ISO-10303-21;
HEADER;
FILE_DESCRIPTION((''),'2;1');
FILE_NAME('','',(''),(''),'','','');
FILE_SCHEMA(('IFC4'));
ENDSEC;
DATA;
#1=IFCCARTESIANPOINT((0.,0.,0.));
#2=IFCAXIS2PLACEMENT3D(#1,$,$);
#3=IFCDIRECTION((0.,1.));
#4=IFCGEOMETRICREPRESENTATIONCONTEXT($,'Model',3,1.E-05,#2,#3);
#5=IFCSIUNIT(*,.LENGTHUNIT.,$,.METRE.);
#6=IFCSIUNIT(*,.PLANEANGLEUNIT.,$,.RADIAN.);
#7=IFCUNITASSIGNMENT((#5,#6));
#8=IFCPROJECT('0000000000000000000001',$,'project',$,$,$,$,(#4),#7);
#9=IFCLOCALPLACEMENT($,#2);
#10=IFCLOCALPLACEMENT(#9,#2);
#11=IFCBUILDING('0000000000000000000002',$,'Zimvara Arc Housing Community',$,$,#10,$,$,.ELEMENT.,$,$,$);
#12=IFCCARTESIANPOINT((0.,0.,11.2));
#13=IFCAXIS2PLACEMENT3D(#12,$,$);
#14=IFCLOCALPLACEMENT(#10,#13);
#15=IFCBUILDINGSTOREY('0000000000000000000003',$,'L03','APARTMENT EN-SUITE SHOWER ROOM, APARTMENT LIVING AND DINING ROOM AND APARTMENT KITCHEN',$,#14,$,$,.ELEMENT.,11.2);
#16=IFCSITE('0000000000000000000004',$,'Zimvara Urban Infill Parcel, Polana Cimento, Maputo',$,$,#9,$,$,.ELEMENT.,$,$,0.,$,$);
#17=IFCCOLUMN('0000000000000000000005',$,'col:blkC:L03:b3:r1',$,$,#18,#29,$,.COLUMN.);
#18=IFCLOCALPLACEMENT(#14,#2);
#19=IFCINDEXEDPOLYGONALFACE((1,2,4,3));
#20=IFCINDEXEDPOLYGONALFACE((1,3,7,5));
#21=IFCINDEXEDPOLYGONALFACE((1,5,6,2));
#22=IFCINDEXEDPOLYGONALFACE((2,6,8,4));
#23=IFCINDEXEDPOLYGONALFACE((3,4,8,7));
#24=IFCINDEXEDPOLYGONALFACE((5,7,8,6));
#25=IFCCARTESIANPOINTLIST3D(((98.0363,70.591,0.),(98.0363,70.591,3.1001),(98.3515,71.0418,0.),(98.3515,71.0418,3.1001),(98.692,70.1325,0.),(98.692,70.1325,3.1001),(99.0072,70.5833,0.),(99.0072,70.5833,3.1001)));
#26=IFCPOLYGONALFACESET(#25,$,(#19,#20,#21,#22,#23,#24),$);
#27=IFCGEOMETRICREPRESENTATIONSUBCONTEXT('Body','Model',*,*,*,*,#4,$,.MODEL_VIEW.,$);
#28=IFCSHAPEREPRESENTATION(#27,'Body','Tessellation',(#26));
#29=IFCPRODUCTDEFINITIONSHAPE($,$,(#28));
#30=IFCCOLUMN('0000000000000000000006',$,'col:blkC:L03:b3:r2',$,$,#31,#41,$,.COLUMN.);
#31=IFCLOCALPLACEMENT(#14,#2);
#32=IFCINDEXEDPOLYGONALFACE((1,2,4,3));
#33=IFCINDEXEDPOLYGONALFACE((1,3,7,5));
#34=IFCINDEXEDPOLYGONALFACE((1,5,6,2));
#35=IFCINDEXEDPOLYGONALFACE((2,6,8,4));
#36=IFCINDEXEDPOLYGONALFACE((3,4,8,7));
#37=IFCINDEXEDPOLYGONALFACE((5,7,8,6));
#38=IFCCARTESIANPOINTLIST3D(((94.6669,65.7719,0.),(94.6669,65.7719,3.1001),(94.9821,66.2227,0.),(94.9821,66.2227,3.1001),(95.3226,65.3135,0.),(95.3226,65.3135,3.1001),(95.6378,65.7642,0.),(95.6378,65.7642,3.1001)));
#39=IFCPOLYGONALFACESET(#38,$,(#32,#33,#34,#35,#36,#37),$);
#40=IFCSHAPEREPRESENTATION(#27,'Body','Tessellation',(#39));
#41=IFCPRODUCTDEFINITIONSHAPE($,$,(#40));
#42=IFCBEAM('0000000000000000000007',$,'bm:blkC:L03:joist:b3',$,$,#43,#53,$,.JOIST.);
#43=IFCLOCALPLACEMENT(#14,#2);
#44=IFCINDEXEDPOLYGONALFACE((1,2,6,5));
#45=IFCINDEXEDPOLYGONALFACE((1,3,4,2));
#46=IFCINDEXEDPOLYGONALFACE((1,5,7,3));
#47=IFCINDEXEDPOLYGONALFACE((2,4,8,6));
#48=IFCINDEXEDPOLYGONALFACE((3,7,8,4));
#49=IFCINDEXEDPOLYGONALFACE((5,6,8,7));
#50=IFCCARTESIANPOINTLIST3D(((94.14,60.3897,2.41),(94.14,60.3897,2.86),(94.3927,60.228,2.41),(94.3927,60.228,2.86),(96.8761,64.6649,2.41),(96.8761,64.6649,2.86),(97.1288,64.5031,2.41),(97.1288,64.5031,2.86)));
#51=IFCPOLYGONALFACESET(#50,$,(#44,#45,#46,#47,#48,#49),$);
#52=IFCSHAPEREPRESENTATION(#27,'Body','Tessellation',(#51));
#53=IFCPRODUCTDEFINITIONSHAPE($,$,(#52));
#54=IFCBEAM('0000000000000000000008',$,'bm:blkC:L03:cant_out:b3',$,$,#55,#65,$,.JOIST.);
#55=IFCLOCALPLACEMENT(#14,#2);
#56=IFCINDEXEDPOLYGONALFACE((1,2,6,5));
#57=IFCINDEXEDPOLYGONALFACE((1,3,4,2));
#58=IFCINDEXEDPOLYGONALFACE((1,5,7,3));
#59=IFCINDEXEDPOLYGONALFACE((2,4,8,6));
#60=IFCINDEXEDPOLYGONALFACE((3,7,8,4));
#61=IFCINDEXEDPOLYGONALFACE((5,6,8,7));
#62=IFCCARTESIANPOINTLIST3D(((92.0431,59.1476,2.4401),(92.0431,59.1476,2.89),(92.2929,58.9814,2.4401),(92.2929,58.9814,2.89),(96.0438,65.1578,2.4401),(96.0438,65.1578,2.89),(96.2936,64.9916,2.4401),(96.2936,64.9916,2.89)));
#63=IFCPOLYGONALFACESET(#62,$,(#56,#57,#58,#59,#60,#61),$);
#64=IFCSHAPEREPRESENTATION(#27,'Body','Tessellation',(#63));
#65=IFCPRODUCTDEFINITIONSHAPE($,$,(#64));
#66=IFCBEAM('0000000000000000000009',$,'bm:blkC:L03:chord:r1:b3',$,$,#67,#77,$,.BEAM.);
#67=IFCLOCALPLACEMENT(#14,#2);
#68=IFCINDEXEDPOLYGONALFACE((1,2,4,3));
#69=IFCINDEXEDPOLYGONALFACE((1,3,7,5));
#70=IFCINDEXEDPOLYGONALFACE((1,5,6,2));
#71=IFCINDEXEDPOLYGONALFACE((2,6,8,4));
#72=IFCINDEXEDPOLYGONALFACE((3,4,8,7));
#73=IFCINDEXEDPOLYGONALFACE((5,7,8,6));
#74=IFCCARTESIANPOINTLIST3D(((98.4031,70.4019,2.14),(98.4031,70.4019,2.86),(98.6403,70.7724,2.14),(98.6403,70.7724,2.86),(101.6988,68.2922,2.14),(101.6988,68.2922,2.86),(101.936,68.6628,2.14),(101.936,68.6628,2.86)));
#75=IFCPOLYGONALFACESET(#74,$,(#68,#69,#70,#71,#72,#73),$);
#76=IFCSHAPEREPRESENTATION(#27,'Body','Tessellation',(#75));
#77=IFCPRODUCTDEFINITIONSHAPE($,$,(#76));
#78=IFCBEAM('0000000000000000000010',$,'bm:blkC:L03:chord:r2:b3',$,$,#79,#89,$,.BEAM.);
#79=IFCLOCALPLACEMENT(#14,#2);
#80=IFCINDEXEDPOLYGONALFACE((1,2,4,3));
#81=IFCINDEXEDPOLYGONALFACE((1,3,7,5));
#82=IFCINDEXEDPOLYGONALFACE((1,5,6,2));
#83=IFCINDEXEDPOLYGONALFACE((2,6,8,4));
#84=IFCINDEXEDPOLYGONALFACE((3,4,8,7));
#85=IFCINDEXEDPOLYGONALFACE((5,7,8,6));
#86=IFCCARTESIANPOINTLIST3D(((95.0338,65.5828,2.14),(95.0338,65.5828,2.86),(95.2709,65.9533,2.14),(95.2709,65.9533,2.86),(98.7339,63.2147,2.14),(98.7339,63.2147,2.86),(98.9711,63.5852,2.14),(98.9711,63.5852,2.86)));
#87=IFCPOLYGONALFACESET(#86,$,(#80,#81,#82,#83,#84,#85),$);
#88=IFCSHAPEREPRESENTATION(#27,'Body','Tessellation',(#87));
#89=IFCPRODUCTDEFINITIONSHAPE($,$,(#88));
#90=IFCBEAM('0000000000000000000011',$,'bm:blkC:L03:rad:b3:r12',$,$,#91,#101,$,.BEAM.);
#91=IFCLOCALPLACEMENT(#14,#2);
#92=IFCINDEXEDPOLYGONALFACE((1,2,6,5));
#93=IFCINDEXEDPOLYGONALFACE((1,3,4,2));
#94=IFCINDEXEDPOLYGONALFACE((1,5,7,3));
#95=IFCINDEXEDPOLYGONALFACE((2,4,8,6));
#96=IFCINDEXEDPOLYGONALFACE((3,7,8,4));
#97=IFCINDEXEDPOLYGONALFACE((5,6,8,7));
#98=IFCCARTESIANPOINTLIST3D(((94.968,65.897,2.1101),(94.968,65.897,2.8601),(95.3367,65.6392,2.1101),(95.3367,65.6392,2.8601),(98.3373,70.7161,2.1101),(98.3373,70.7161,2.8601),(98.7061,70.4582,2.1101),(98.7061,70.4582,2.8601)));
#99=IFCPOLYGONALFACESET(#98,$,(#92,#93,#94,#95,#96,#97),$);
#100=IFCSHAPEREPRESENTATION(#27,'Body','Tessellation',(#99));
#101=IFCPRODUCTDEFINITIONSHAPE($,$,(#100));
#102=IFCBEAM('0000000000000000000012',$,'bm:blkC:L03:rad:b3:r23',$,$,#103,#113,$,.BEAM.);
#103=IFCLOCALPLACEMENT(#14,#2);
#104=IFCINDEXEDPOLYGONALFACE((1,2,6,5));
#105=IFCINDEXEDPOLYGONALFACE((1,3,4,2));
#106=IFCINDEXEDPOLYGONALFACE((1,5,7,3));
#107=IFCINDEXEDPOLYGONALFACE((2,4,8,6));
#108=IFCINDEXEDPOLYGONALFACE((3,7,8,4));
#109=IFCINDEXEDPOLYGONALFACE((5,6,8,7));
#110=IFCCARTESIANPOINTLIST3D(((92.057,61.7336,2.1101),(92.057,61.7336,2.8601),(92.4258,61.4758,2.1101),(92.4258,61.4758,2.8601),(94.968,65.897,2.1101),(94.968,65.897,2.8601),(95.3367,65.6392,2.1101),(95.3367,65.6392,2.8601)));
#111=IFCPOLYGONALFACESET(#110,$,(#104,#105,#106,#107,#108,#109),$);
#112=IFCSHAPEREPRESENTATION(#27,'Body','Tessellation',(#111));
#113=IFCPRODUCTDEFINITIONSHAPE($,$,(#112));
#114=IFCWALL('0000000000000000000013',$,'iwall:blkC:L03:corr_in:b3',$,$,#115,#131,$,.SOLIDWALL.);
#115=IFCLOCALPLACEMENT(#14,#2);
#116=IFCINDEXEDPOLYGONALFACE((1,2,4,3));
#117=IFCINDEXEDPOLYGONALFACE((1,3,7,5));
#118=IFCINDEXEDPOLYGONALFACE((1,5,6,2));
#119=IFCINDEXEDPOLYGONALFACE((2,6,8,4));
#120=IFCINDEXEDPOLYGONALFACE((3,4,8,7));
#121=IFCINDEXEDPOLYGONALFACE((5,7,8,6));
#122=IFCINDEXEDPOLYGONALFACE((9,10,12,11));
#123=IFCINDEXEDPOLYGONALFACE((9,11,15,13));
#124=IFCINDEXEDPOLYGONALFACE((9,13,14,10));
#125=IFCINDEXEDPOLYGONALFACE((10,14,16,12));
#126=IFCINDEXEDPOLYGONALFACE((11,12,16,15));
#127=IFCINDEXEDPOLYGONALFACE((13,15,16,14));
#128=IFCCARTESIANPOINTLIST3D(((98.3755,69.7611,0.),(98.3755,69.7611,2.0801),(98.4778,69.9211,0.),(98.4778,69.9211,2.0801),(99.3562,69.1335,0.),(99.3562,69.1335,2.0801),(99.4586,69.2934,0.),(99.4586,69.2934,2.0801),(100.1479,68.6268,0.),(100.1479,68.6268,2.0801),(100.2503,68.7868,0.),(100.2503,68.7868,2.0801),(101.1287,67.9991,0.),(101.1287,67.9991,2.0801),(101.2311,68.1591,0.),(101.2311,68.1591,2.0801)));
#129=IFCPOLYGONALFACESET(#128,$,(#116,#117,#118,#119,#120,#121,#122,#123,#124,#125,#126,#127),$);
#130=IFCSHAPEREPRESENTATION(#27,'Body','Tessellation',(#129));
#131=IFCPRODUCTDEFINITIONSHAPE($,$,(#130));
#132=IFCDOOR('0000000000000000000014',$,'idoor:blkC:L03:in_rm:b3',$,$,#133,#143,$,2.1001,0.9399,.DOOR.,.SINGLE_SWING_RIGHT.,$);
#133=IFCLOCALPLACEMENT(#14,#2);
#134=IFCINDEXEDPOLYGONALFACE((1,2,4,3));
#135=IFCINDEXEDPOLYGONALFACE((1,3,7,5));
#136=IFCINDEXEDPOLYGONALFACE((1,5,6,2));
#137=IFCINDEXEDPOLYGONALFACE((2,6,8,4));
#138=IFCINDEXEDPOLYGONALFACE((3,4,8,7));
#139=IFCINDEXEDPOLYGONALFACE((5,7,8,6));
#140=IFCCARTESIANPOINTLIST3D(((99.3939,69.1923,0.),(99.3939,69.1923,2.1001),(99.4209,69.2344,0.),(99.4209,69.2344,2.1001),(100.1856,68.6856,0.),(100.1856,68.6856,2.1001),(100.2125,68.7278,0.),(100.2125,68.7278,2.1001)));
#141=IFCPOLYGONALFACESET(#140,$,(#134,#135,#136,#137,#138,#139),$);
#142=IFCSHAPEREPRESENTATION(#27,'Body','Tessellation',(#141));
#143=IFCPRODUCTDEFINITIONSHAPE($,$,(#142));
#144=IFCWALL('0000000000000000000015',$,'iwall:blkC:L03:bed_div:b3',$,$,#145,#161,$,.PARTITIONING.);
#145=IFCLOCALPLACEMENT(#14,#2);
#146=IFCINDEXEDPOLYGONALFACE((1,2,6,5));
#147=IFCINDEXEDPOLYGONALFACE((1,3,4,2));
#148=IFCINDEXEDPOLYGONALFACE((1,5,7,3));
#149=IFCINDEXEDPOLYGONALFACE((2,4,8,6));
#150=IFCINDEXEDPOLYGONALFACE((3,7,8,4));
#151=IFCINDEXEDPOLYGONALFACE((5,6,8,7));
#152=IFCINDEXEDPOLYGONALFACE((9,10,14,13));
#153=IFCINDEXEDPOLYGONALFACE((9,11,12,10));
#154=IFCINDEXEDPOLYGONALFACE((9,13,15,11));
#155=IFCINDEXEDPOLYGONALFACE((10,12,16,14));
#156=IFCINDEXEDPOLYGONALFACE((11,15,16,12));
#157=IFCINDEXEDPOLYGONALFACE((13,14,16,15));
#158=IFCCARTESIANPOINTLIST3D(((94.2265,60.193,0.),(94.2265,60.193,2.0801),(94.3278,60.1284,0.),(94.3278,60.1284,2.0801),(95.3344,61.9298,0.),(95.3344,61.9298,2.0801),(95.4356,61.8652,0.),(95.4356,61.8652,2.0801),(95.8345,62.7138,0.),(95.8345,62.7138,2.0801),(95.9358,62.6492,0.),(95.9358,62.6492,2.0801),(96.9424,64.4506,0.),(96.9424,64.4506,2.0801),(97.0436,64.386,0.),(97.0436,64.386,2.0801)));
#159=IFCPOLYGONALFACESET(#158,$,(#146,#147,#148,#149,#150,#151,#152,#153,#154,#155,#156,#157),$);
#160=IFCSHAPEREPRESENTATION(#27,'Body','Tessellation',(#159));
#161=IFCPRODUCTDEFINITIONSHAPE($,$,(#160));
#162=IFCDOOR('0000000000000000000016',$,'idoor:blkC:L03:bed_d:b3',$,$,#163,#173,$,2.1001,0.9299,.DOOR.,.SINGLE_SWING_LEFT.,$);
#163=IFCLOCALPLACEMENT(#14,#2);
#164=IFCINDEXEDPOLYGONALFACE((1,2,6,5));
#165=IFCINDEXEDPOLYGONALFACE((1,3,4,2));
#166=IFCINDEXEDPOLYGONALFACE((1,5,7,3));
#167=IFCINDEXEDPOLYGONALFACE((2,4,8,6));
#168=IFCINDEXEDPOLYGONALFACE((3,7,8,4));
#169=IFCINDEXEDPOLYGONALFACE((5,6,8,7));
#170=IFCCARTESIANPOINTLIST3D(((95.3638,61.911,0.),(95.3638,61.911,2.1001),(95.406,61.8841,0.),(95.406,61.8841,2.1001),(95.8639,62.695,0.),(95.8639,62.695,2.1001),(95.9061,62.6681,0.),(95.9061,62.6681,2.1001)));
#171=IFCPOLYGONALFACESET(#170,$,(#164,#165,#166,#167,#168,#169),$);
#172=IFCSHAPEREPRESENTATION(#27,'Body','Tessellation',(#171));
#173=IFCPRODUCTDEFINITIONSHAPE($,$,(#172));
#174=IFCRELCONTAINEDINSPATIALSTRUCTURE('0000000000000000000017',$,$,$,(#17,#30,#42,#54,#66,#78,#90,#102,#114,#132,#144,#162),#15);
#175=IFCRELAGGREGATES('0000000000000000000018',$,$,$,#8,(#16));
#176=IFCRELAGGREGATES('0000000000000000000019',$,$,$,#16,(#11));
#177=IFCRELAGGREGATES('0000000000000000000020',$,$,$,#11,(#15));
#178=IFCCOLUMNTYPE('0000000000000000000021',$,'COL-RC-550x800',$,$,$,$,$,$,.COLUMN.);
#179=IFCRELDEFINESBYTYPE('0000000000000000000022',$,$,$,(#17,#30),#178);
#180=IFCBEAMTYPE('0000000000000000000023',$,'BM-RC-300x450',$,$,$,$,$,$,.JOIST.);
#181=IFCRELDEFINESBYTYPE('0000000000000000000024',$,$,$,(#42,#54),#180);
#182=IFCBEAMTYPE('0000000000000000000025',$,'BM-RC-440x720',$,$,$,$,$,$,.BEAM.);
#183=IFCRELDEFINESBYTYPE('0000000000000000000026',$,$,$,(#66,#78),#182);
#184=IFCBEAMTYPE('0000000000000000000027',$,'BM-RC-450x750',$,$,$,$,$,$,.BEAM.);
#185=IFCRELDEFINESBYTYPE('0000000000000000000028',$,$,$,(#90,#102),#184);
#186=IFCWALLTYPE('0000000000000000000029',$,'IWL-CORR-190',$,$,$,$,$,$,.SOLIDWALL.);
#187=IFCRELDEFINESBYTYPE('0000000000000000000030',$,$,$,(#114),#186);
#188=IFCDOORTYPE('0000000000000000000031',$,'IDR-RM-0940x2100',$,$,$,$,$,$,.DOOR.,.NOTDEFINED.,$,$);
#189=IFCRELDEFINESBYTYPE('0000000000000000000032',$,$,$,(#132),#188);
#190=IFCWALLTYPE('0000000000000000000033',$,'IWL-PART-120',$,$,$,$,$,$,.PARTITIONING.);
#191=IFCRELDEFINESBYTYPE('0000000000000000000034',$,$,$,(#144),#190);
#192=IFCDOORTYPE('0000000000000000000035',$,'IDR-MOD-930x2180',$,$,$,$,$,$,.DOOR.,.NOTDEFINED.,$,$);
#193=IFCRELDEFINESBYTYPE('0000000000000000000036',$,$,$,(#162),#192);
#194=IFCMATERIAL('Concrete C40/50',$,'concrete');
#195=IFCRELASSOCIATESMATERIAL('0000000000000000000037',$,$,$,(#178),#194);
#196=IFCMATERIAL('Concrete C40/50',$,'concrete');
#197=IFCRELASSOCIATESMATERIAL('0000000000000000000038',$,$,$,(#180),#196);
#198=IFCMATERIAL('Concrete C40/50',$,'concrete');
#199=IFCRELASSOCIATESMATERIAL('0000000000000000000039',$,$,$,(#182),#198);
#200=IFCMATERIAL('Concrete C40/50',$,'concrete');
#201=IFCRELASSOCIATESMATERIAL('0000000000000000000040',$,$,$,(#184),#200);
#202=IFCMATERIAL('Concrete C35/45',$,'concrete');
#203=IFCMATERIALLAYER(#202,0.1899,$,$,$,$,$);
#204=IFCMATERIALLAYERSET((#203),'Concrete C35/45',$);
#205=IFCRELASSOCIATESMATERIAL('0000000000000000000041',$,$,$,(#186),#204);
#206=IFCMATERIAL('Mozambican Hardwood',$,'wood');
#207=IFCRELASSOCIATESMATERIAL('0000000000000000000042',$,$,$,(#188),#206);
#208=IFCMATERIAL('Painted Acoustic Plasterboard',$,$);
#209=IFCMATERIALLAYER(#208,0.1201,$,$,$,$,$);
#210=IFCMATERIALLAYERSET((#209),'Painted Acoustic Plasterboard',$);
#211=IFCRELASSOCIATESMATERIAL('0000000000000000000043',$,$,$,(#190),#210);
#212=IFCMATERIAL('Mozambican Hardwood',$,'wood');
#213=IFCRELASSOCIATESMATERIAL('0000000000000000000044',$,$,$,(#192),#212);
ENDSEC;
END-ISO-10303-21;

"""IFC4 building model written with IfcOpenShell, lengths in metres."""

from ifc_helpers import new_model, si_unit, direction, frame, frame_2d, origin, origin_2d, place, context, subcontext, project, spatial, rectangle, extrude, material, layer, layer_set, material_profile, profile_set, type_object, element, fill, save


model = new_model("IFC4")

# Units and contexts
model_context = context("Model", 3, precision=1e-05, world=origin(), true_north=direction((0.0, 1.0)))
body_context = subcontext(model_context, "Body", "Model", "MODEL_VIEW")
ifc_project = project(units=[si_unit("LENGTHUNIT", "METRE"), si_unit("PLANEANGLEUNIT", "RADIAN")], contexts=[model_context])

# Site, building, storey
site_placement = place(None, origin())
site = spatial("IfcSite", under=ifc_project, at=site_placement, Name="Zimvara Urban Infill Parcel, Polana Cimento, Maputo", CompositionType="ELEMENT", RefElevation=0.0)
building_placement = place(site_placement, origin())
building = spatial("IfcBuilding", under=site, at=building_placement, Name="Zimvara Arc Housing Community", CompositionType="ELEMENT")
storey_placement = place(building_placement, frame((0.0, 0.0, 11.2)))
storey = spatial("IfcBuildingStorey", under=building, at=storey_placement, Name="L03", Description="APARTMENT EN-SUITE SHOWER ROOM, APARTMENT LIVING AND DINING ROOM AND APARTMENT KITCHEN", CompositionType="ELEMENT", Elevation=11.2)

# Columns
ifc_material_1 = material(Name="Concrete C40/50", Category="concrete")
ifc_material_profile_1 = material_profile(ifc_material_1, rectangle(XDim=0.55, YDim=0.8, at=origin_2d()), Name="RC 550x800")
ifc_profile_set_1 = profile_set([ifc_material_profile_1], Name="Concrete C40/50")
column_type = type_object("IfcColumnType", Name="COL-RC-550x800", PredefinedType="COLUMN", material=ifc_profile_set_1)
for number, where, z_axis, x_axis, name in (
    (1, (98.5217, 70.5872, 0.0), (0.0, 0.0, 1.0), (-0.573004, -0.819552, 0.0), "col:blkC:L03:b3:r1"),
    (2, (95.1523, 65.7681, 0.0), (0.0, 0.0, 1.0), (-0.573004, -0.819552, 0.0), "col:blkC:L03:b3:r2"),
):
    element("IfcColumn", number, at=place(storey_placement, frame(where, z_axis=z_axis, x_axis=x_axis)), inside=storey, type_object=column_type, Name=name, PredefinedType="COLUMN", context=body_context, shape_type="SweptSolid", body=[
        extrude(rectangle(XDim=0.55, YDim=0.8, at=origin_2d()), origin(), (0.0, 0.0, 1.0), 3.1001),
    ])

# Beams
ifc_material_2 = material(Name="Concrete C40/50", Category="concrete")
ifc_material_profile_2 = material_profile(ifc_material_2, rectangle(XDim=0.3, YDim=0.45, at=origin_2d()), Name="RC 300x450")
ifc_profile_set_2 = profile_set([ifc_material_profile_2], Name="Concrete C40/50")
beam_type_1 = type_object("IfcBeamType", Name="BM-RC-300x450", PredefinedType="JOIST", material=ifc_profile_set_2)
beam_1_placement = place(storey_placement, frame((97.0024, 64.584, 2.635), z_axis=(-0.539052, -0.842272, 0.0), x_axis=(0.842272, -0.539052, 0.0)))
element("IfcBeam", 3, at=beam_1_placement, inside=storey, type_object=beam_type_1, Name="bm:blkC:L03:joist:b3", PredefinedType="JOIST", context=body_context, shape_type="SweptSolid", body=[
    extrude(rectangle(XDim=0.3, YDim=0.45, at=origin_2d()), origin(), (0.0, 0.0, 1.0), 5.0757),
])
beam_2_placement = place(storey_placement, frame((96.1687, 65.0747, 2.665), z_axis=(-0.554115, -0.83244, 0.0), x_axis=(0.83244, -0.554115, 0.0)))
element("IfcBeam", 4, at=beam_2_placement, inside=storey, type_object=beam_type_1, Name="bm:blkC:L03:cant_out:b3", PredefinedType="JOIST", context=body_context, shape_type="SweptSolid", body=[
    extrude(rectangle(XDim=0.3, YDim=0.45, at=origin_2d()), origin(), (0.0, 0.0, 1.0), 7.22),
])
ifc_material_3 = material(Name="Concrete C40/50", Category="concrete")
ifc_material_profile_3 = material_profile(ifc_material_3, rectangle(XDim=0.4399, YDim=0.72, at=origin_2d()), Name="RC 440x720")
ifc_profile_set_3 = profile_set([ifc_material_profile_3], Name="Concrete C40/50")
beam_type_2 = type_object("IfcBeamType", Name="BM-RC-440x720", PredefinedType="BEAM", material=ifc_profile_set_3)
beam_3_placement = place(storey_placement, frame((98.5217, 70.5872, 2.5), z_axis=(0.842225, -0.539126, 0.0), x_axis=(0.539126, 0.842225, 0.0)))
element("IfcBeam", 5, at=beam_3_placement, inside=storey, type_object=beam_type_2, Name="bm:blkC:L03:chord:r1:b3", PredefinedType="BEAM", context=body_context, shape_type="SweptSolid", body=[
    extrude(rectangle(XDim=0.4399, YDim=0.72, at=origin_2d()), origin(), (0.0, 0.0, 1.0), 3.9131),
])
beam_4_placement = place(storey_placement, frame((95.1523, 65.7681, 2.5), z_axis=(0.842267, -0.53906, 0.0), x_axis=(0.53906, 0.842267, 0.0)))
element("IfcBeam", 6, at=beam_4_placement, inside=storey, type_object=beam_type_2, Name="bm:blkC:L03:chord:r2:b3", PredefinedType="BEAM", context=body_context, shape_type="SweptSolid", body=[
    extrude(rectangle(XDim=0.4399, YDim=0.72, at=origin_2d()), origin(), (0.0, 0.0, 1.0), 4.3931),
])
ifc_material_4 = material(Name="Concrete C40/50", Category="concrete")
ifc_material_profile_4 = material_profile(ifc_material_4, rectangle(XDim=0.45, YDim=0.75, at=origin_2d()), Name="RC 450x750")
ifc_profile_set_4 = profile_set([ifc_material_profile_4], Name="Concrete C40/50")
beam_type_3 = type_object("IfcBeamType", Name="BM-RC-450x750", PredefinedType="BEAM", material=ifc_profile_set_4)
beam_5_placement = place(storey_placement, frame((98.5217, 70.5872, 2.4851), z_axis=(-0.573008, -0.81955, 0.0), x_axis=(0.81955, -0.573008, 0.0)))
element("IfcBeam", 7, at=beam_5_placement, inside=storey, type_object=beam_type_3, Name="bm:blkC:L03:rad:b3:r12", PredefinedType="BEAM", context=body_context, shape_type="SweptSolid", body=[
    extrude(rectangle(XDim=0.45, YDim=0.75, at=origin_2d()), origin(), (0.0, 0.0, 1.0), 5.8801),
])
beam_6_placement = place(storey_placement, frame((95.1523, 65.7681, 2.4851), z_axis=(-0.573007, -0.81955, 0.0), x_axis=(0.81955, -0.573007, 0.0)))
element("IfcBeam", 8, at=beam_6_placement, inside=storey, type_object=beam_type_3, Name="bm:blkC:L03:rad:b3:r23", PredefinedType="BEAM", context=body_context, shape_type="SweptSolid", body=[
    extrude(rectangle(XDim=0.45, YDim=0.75, at=origin_2d()), origin(), (0.0, 0.0, 1.0), 5.0801),
])

# Walls, openings, doors
ifc_material_5 = material(Name="Concrete C35/45", Category="concrete")
ifc_layer_1 = layer(ifc_material_5, 0.1899)
ifc_layer_set_1 = layer_set([ifc_layer_1], Name="Concrete C35/45")
wall_type_1 = type_object("IfcWallType", Name="IWL-CORR-190", PredefinedType="SOLIDWALL", material=ifc_layer_set_1)
wall_1_placement = place(storey_placement, frame((98.4268, 69.8411, 0.0), z_axis=(0.0, 0.0, 1.0), x_axis=(0.842281, -0.539039, 0.0)))
wall_1 = element("IfcWall", 9, at=wall_1_placement, inside=storey, type_object=wall_type_1, Name="iwall:blkC:L03:corr_in:b3", PredefinedType="SOLIDWALL", context=body_context, shape_type="SweptSolid", body=[
    extrude(rectangle(XDim=3.2688, YDim=0.1899, at=frame_2d((1.6343, 0.0))), origin(), (0.0, 0.0, 1.0), 2.0801),
])
opening_1_placement = place(wall_1_placement, frame((1.1643, 0.0, 0.0)))
opening_1 = element("IfcOpeningElement", 10, at=opening_1_placement, cuts=wall_1, PredefinedType="OPENING", context=body_context, shape_type="SweptSolid", body=[
    extrude(rectangle(XDim=0.9399, YDim=2.1001, at=frame_2d((0.47, 1.05))), frame((0.0, 0.105, 0.0), z_axis=(0.0, -1.0, 0.0), x_axis=(1.0, 0.0, 0.0)), (0.0, 0.0, 1.0), 0.21),
])
ifc_material_6 = material(Name="Mozambican Hardwood", Category="wood")
door_type_1 = type_object("IfcDoorType", Name="IDR-RM-0940x2100", OperationType="NOTDEFINED", PredefinedType="DOOR", material=ifc_material_6)
door_1_placement = place(opening_1_placement, origin())
door_1 = element("IfcDoor", 11, at=door_1_placement, inside=storey, type_object=door_type_1, Name="idoor:blkC:L03:in_rm:b3", OperationType="SINGLE_SWING_RIGHT", OverallHeight=2.1001, OverallWidth=0.9399, PredefinedType="DOOR", context=body_context, shape_type="SweptSolid", body=[
    extrude(rectangle(XDim=0.9399, YDim=2.1001, at=frame_2d((0.47, 1.05))), frame((0.0, 0.0249, 0.0), z_axis=(0.0, -1.0, 0.0), x_axis=(1.0, 0.0, 0.0)), (0.0, 0.0, 1.0), 0.05),
])
fill(opening_1, door_1)
ifc_material_7 = material(Name="Painted Acoustic Plasterboard")
ifc_layer_2 = layer(ifc_material_7, 0.1201)
ifc_layer_set_2 = layer_set([ifc_layer_2], Name="Painted Acoustic Plasterboard")
wall_type_2 = type_object("IfcWallType", Name="IWL-PART-120", PredefinedType="PARTITIONING", material=ifc_layer_set_2)
wall_2_placement = place(storey_placement, frame((96.9929, 64.4182, 0.0), z_axis=(0.0, 0.0, 1.0), x_axis=(-0.537785, -0.843082, 0.0)))
wall_2 = element("IfcWall", 12, at=wall_2_placement, inside=storey, type_object=wall_type_2, Name="iwall:blkC:L03:bed_div:b3", PredefinedType="PARTITIONING", context=body_context, shape_type="SweptSolid", body=[
    extrude(rectangle(XDim=5.05, YDim=0.1201, at=frame_2d((2.5249, 0.0))), origin(), (0.0, 0.0, 1.0), 2.0801),
])
opening_2_placement = place(wall_2_placement, frame((2.0601, 0.0, 0.0)))
opening_2 = element("IfcOpeningElement", 13, at=opening_2_placement, cuts=wall_2, PredefinedType="OPENING", context=body_context, shape_type="SweptSolid", body=[
    extrude(rectangle(XDim=0.9299, YDim=2.1001, at=frame_2d((0.4648, 1.05))), frame((0.0, 0.0701, 0.0), z_axis=(0.0, -1.0, 0.0), x_axis=(1.0, 0.0, 0.0)), (0.0, 0.0, 1.0), 0.1401),
])
ifc_material_8 = material(Name="Mozambican Hardwood", Category="wood")
door_type_2 = type_object("IfcDoorType", Name="IDR-MOD-930x2180", OperationType="NOTDEFINED", PredefinedType="DOOR", material=ifc_material_8)
door_2_placement = place(opening_2_placement, origin())
door_2 = element("IfcDoor", 14, at=door_2_placement, inside=storey, type_object=door_type_2, Name="idoor:blkC:L03:bed_d:b3", OperationType="SINGLE_SWING_LEFT", OverallHeight=2.1001, OverallWidth=0.9299, PredefinedType="DOOR", context=body_context, shape_type="SweptSolid", body=[
    extrude(rectangle(XDim=0.9299, YDim=2.1001, at=frame_2d((0.4648, 1.05))), frame((0.0, 0.0249, 0.0), z_axis=(0.0, -1.0, 0.0), x_axis=(1.0, 0.0, 0.0)), (0.0, 0.0, 1.0), 0.05),
])
fill(opening_2, door_2)

save(model, "model.ifc")
